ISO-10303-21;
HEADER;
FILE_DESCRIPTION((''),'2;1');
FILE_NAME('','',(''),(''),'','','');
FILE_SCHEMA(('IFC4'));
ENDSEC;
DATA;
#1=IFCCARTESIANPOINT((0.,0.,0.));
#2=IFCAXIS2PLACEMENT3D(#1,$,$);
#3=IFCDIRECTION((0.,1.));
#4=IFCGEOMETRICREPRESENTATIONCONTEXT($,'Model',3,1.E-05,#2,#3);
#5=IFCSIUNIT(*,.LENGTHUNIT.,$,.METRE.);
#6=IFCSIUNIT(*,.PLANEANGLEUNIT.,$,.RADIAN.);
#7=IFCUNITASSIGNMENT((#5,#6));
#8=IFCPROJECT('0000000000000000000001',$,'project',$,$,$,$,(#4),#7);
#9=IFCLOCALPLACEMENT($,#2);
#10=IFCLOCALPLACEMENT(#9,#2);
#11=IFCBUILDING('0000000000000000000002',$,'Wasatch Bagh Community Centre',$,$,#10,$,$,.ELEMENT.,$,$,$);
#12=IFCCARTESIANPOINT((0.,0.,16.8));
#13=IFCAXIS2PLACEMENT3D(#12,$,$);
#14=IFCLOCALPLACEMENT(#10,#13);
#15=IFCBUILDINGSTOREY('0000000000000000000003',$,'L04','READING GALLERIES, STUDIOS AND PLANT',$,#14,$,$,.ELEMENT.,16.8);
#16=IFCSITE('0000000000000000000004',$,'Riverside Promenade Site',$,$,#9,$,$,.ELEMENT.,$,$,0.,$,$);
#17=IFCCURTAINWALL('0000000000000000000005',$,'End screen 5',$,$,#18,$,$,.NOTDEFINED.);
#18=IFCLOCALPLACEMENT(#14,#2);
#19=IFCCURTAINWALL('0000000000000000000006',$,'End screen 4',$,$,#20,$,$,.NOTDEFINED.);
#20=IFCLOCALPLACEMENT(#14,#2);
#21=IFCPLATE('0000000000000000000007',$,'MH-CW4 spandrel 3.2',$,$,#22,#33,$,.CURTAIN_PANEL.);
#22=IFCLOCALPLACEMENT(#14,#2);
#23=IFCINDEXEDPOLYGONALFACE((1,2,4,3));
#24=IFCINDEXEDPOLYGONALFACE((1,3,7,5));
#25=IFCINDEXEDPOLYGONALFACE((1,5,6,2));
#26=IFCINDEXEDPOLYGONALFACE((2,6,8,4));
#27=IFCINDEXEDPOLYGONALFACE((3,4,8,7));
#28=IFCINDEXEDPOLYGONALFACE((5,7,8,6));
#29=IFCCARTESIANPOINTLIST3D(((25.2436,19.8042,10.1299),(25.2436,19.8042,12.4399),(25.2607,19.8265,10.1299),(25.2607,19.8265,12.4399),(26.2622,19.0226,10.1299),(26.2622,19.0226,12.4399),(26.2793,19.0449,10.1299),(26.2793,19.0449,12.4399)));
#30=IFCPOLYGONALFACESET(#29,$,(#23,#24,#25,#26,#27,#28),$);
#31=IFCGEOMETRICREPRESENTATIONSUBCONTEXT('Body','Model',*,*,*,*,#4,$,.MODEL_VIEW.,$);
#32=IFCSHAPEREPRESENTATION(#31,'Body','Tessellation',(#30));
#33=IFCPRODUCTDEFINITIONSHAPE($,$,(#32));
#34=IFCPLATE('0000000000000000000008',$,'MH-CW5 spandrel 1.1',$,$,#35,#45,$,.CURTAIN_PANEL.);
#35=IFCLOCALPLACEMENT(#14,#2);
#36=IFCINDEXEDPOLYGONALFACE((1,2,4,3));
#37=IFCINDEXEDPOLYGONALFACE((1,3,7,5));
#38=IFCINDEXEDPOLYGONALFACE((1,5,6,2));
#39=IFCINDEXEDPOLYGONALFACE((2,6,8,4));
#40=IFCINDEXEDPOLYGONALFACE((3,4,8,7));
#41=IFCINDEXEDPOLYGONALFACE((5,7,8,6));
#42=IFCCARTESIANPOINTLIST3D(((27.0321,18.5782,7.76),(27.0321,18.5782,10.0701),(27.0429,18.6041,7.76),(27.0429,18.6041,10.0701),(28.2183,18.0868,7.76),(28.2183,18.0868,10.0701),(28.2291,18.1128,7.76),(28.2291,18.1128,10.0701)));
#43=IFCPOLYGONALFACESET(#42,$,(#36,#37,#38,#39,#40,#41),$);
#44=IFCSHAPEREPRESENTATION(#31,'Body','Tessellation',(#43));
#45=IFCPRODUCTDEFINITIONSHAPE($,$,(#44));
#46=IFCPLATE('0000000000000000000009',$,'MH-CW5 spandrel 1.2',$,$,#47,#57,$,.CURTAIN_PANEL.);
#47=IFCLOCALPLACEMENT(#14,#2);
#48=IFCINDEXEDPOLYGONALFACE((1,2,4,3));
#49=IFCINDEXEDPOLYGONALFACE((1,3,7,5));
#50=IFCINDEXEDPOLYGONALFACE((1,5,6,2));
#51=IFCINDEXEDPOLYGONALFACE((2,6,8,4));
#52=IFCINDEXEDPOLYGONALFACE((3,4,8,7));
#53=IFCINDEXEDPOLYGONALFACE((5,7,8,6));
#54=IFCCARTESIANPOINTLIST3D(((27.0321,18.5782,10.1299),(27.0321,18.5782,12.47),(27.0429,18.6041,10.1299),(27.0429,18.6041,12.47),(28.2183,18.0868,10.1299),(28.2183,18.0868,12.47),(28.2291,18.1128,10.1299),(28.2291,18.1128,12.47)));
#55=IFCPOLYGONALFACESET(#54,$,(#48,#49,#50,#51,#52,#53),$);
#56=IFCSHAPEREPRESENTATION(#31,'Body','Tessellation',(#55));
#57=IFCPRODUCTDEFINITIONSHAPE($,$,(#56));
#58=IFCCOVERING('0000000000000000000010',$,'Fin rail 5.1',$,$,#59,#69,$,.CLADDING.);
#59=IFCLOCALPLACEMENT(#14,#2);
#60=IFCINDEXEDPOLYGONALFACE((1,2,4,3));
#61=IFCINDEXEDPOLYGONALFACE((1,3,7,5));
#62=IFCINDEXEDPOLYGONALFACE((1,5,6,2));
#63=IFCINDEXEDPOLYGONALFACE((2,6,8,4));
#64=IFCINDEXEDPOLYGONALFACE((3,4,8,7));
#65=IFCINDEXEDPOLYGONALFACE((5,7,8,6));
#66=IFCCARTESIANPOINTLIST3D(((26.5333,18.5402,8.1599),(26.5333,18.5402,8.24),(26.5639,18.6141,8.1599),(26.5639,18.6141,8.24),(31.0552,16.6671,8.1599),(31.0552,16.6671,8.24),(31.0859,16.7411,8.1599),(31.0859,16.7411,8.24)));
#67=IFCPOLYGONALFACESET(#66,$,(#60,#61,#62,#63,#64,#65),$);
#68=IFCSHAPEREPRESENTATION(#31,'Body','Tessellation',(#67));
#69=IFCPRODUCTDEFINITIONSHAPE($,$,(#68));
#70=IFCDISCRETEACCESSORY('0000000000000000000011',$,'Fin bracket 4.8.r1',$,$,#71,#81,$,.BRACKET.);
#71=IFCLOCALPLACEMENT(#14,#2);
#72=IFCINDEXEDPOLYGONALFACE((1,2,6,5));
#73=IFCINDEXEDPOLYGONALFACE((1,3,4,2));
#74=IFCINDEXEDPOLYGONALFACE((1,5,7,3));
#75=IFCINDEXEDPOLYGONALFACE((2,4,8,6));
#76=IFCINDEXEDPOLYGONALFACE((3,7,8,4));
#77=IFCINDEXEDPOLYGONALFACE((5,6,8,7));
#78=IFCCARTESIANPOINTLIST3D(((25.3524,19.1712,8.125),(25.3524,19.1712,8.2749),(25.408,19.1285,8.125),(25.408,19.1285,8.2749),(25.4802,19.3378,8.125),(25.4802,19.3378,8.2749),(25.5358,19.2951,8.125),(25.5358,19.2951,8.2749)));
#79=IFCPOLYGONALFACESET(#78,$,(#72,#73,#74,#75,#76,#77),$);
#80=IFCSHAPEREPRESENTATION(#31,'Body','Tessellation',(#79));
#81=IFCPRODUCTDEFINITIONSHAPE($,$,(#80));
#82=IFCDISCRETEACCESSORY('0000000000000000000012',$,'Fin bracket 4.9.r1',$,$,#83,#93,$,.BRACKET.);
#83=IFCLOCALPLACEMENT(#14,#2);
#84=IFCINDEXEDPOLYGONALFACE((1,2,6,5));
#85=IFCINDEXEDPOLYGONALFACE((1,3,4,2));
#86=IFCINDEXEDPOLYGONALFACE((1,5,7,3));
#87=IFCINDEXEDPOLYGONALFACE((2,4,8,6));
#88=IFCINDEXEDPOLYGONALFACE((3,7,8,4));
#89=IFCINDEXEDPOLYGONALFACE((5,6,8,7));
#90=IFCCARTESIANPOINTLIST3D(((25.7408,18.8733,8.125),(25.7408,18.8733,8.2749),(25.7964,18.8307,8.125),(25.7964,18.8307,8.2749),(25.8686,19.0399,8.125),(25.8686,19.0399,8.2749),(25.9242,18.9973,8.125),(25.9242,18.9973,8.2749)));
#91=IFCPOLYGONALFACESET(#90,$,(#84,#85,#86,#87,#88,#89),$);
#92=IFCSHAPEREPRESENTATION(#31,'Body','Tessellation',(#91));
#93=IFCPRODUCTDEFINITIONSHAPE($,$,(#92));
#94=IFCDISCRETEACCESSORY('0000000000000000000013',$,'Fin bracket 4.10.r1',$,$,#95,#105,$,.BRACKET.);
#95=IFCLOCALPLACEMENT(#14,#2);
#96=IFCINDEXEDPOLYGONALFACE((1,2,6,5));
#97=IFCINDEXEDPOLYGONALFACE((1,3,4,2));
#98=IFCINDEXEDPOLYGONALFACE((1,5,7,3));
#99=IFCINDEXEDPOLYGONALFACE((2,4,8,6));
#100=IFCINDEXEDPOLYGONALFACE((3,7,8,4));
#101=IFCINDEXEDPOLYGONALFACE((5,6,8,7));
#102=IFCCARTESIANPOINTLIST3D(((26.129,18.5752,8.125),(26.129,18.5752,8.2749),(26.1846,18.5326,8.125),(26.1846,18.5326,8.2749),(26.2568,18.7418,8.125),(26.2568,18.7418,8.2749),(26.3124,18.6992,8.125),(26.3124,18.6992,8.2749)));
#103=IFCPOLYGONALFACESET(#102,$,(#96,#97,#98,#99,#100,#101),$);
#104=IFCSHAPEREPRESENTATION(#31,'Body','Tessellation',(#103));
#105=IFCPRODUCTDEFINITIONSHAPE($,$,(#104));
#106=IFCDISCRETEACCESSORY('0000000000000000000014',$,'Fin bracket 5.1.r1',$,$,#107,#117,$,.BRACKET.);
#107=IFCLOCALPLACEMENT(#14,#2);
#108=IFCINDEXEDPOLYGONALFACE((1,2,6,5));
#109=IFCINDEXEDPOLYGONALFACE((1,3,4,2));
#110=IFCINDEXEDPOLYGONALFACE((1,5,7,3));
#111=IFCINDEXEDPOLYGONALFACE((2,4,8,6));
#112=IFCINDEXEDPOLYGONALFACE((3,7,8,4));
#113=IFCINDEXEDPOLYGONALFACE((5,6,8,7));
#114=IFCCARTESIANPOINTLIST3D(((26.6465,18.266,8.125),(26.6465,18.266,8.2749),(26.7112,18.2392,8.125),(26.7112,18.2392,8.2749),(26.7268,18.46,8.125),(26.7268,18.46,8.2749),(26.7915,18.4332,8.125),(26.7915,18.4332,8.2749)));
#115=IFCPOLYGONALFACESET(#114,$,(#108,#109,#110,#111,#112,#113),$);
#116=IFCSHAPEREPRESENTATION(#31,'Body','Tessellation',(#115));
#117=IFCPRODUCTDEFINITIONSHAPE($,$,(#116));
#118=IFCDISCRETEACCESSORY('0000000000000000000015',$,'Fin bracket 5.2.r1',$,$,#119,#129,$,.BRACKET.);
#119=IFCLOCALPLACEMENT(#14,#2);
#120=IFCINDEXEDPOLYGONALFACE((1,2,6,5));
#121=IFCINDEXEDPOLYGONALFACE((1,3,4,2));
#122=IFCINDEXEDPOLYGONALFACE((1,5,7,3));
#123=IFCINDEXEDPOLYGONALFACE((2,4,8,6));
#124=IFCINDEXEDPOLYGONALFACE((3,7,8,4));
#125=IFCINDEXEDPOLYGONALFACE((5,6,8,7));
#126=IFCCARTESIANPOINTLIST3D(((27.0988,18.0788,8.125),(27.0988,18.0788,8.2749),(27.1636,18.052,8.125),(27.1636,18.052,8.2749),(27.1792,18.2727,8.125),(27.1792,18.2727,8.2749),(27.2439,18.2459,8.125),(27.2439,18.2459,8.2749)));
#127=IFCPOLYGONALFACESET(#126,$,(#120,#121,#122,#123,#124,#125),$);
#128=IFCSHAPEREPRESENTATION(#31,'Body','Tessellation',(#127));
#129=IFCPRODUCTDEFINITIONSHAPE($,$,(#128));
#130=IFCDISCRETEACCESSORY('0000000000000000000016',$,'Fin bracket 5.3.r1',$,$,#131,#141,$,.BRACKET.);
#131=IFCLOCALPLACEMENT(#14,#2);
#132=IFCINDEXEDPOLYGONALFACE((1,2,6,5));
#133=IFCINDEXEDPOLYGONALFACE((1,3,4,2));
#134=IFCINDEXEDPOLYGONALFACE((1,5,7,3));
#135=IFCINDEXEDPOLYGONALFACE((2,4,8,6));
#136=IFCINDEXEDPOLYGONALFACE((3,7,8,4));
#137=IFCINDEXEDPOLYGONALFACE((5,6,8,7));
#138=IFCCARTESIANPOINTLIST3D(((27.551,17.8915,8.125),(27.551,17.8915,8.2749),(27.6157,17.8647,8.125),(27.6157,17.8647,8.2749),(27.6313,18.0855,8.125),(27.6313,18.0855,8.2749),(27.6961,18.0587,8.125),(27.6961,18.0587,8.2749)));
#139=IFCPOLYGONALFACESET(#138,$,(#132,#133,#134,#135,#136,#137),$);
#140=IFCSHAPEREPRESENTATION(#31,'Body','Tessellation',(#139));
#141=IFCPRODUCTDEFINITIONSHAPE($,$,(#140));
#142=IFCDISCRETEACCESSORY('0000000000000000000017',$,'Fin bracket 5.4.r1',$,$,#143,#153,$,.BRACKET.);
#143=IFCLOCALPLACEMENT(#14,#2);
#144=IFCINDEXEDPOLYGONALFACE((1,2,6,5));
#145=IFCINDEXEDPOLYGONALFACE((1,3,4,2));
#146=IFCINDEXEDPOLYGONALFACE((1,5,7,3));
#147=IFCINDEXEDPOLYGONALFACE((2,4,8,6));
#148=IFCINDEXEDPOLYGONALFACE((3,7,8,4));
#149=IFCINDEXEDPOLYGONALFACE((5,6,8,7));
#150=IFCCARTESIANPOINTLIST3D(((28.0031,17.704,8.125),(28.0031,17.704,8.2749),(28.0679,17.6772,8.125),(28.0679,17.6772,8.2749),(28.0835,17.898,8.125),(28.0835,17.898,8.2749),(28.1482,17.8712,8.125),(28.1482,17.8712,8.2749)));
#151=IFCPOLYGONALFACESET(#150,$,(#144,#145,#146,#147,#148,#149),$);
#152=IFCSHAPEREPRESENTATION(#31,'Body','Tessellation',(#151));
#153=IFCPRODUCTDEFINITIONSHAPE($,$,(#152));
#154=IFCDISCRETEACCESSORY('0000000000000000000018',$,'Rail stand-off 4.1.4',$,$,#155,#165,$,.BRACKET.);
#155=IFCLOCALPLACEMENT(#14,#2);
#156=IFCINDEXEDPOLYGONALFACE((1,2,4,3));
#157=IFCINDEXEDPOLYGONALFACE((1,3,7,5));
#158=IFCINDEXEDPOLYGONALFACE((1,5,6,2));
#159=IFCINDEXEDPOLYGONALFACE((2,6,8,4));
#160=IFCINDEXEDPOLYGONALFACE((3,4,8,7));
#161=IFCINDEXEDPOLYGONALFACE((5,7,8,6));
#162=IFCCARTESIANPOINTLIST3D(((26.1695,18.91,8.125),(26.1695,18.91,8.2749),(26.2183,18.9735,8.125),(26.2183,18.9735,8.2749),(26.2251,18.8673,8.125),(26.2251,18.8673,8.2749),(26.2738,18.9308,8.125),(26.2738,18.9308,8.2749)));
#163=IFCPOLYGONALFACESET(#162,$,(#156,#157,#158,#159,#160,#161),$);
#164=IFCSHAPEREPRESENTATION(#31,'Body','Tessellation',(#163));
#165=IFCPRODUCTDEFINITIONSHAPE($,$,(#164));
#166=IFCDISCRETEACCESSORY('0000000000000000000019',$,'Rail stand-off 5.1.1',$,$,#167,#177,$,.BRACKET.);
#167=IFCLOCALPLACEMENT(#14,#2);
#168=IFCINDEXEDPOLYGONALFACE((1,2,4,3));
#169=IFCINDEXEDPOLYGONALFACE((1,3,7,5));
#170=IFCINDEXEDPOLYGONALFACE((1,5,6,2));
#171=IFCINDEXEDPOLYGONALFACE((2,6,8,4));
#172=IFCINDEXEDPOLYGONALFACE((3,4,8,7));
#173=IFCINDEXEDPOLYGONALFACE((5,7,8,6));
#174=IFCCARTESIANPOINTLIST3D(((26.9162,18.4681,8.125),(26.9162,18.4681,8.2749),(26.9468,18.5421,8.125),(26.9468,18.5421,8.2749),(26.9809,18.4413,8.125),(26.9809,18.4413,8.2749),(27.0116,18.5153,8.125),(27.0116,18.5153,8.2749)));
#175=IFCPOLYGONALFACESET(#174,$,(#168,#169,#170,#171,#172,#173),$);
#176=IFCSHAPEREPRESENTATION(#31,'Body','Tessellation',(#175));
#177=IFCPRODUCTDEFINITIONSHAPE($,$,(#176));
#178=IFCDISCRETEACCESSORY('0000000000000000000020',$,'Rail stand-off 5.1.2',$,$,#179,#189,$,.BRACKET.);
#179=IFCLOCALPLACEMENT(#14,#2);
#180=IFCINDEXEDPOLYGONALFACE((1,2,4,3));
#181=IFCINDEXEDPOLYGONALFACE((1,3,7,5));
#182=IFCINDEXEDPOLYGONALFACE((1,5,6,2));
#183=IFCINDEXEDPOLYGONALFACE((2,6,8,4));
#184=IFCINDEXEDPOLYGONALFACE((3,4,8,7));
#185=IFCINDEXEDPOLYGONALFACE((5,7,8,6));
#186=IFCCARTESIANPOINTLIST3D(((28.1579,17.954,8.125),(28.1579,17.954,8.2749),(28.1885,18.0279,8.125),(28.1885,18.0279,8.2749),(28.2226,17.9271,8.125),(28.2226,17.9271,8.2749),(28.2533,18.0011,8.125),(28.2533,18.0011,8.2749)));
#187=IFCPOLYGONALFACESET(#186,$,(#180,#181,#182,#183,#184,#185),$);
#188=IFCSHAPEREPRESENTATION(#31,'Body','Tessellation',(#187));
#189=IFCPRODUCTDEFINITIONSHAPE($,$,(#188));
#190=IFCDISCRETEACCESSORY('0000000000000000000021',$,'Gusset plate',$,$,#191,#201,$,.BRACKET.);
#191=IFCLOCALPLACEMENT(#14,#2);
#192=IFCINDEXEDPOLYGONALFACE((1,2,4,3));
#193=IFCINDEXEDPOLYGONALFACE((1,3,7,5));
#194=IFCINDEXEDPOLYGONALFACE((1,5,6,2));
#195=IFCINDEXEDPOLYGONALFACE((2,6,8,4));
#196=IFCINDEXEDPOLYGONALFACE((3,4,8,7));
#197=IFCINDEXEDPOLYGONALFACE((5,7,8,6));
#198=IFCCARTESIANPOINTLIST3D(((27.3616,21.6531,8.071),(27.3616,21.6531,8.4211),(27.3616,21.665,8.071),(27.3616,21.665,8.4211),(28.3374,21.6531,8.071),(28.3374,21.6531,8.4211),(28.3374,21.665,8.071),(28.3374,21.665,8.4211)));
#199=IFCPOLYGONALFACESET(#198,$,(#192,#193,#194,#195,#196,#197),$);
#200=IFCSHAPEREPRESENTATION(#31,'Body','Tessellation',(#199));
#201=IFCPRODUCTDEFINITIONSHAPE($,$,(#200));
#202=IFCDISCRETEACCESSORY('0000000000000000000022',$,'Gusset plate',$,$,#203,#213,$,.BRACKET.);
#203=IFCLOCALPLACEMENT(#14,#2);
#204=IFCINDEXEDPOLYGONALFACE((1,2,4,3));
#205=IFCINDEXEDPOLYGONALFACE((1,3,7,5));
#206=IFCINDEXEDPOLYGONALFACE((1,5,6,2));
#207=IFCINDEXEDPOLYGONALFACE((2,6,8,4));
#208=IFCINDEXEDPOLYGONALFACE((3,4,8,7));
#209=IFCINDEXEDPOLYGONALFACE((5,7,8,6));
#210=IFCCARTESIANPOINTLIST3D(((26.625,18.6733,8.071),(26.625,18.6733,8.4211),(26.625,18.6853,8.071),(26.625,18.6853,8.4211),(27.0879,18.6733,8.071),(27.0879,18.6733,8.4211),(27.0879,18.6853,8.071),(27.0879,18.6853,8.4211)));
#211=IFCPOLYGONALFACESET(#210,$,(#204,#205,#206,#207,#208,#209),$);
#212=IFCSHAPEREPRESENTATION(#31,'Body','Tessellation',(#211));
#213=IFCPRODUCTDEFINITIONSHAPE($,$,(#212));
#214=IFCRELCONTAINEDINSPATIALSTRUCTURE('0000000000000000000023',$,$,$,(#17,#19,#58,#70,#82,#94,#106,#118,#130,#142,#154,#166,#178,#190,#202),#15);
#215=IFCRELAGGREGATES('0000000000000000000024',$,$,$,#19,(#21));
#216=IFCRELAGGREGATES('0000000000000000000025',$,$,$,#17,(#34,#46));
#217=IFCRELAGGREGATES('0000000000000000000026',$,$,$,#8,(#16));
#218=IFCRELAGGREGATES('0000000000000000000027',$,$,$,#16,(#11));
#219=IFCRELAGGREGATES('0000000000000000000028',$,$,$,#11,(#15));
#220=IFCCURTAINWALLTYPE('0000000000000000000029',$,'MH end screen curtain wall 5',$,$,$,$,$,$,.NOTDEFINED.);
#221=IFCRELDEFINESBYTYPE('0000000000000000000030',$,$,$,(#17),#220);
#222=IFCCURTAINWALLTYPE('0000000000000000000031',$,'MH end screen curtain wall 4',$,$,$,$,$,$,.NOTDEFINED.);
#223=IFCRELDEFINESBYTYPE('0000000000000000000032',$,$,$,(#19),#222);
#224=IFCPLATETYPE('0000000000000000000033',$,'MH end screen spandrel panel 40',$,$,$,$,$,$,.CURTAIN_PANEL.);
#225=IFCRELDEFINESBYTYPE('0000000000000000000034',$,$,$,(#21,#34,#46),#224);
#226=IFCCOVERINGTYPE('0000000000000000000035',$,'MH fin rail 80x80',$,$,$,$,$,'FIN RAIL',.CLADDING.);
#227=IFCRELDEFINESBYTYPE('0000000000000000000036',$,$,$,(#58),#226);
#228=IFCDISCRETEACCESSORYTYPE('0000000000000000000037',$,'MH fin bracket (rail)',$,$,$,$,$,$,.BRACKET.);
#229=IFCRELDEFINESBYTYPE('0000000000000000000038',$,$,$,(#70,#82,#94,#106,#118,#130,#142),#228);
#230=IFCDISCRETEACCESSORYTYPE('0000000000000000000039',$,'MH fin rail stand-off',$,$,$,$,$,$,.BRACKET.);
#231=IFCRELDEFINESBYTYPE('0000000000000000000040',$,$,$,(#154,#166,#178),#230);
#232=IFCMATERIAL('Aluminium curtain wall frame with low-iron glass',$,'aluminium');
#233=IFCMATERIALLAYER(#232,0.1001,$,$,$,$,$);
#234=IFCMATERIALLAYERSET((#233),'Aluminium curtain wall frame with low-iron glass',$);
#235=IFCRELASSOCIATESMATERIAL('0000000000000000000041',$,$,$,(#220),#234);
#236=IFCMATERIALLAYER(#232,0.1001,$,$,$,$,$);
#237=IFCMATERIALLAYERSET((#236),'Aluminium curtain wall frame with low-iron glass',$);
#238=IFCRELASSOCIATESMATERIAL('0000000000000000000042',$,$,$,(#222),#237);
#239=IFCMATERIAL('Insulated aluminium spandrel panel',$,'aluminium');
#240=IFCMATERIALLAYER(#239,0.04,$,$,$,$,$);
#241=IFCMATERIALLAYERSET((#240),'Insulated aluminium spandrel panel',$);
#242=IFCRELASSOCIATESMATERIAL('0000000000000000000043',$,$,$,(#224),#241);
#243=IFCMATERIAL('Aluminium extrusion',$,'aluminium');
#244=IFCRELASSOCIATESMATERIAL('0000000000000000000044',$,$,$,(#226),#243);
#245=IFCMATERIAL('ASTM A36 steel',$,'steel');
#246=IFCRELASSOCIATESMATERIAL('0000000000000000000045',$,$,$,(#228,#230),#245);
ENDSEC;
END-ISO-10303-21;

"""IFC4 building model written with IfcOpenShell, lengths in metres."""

from ifc_helpers import new_model, si_unit, direction, frame, origin, origin_2d, place, context, subcontext, project, spatial, polyline, rectangle, outline, extrude, material, layer, layer_set, material_profile, profile_set, type_object, element, aggregate, save


model = new_model("IFC4")

# Units and contexts
model_context = context("Model", 3, precision=1e-05, world=origin(), true_north=direction((0.0, 1.0)))
body_context = subcontext(model_context, "Body", "Model", "MODEL_VIEW")
ifc_project = project(units=[si_unit("LENGTHUNIT", "METRE"), si_unit("PLANEANGLEUNIT", "RADIAN")], contexts=[model_context])

# Site, building, storey
site_placement = place(None, origin())
site = spatial("IfcSite", under=ifc_project, at=site_placement, Name="Riverside Promenade Site", CompositionType="ELEMENT", RefElevation=0.0)
building_placement = place(site_placement, origin())
building = spatial("IfcBuilding", under=site, at=building_placement, Name="Wasatch Bagh Community Centre", CompositionType="ELEMENT")
storey_placement = place(building_placement, frame((0.0, 0.0, 16.8)))
storey = spatial("IfcBuildingStorey", under=building, at=storey_placement, Name="L04", Description="READING GALLERIES, STUDIOS AND PLANT", CompositionType="ELEMENT", Elevation=16.8)

# Curtain wall
ifc_material_1 = material(Name="Aluminium curtain wall frame with low-iron glass", Category="aluminium")
ifc_layer_1 = layer(ifc_material_1, 0.1001)
ifc_layer_set_1 = layer_set([ifc_layer_1], Name="Aluminium curtain wall frame with low-iron glass")
curtain_wall_type_1 = type_object("IfcCurtainWallType", Name="MH end screen curtain wall 5", PredefinedType="NOTDEFINED", material=ifc_layer_set_1)
curtain_wall_1_placement = place(storey_placement, origin())
curtain_wall_1 = element("IfcCurtainWall", 1, at=curtain_wall_1_placement, inside=storey, type_object=curtain_wall_type_1, Name="End screen 5", PredefinedType="NOTDEFINED")
ifc_material_2 = material(Name="Aluminium extrusion", Category="aluminium")

# Curtain wall, plate
ifc_layer_2 = layer(ifc_material_1, 0.1001)
ifc_layer_set_2 = layer_set([ifc_layer_2], Name="Aluminium curtain wall frame with low-iron glass")
curtain_wall_type_2 = type_object("IfcCurtainWallType", Name="MH end screen curtain wall 4", PredefinedType="NOTDEFINED", material=ifc_layer_set_2)
curtain_wall_2_placement = place(storey_placement, origin())
curtain_wall_2 = element("IfcCurtainWall", 2, at=curtain_wall_2_placement, inside=storey, type_object=curtain_wall_type_2, Name="End screen 4", PredefinedType="NOTDEFINED")
ifc_material_3 = material(Name="Insulated aluminium spandrel panel", Category="aluminium")
ifc_layer_3 = layer(ifc_material_3, 0.04)
ifc_layer_set_3 = layer_set([ifc_layer_3], Name="Insulated aluminium spandrel panel")
plate_type = type_object("IfcPlateType", Name="MH end screen spandrel panel 40", PredefinedType="CURTAIN_PANEL", material=ifc_layer_set_3)
plate_1_placement = place(storey_placement, frame((25.7615, 19.4246, 10.1299), z_axis=(0.0, 0.0, 1.0), x_axis=(0.793353, -0.608761, 0.0)))
plate_1 = element("IfcPlate", 3, at=plate_1_placement, type_object=plate_type, Name="MH-CW4 spandrel 3.2", PredefinedType="CURTAIN_PANEL", context=body_context, shape_type="SweptSolid", body=[
    extrude(rectangle(XDim=1.2839, YDim=0.0281, at=origin_2d()), origin(), (0.0, 0.0, 1.0), 2.3101),
])
aggregate(curtain_wall_2, [plate_1])

# Plates
plate_2_placement = place(storey_placement, frame((27.6306, 18.3455, 7.76), z_axis=(0.0, 0.0, 1.0), x_axis=(0.92388, -0.382683, 0.0)))
plate_2 = element("IfcPlate", 4, at=plate_2_placement, type_object=plate_type, Name="MH-CW5 spandrel 1.1", PredefinedType="CURTAIN_PANEL", context=body_context, shape_type="SweptSolid", body=[
    extrude(rectangle(XDim=1.2839, YDim=0.0281, at=origin_2d()), origin(), (0.0, 0.0, 1.0), 2.3101),
])
plate_3_placement = place(storey_placement, frame((27.6306, 18.3455, 10.1299), z_axis=(0.0, 0.0, 1.0), x_axis=(0.92388, -0.382683, 0.0)))
plate_3 = element("IfcPlate", 5, at=plate_3_placement, type_object=plate_type, Name="MH-CW5 spandrel 1.2", PredefinedType="CURTAIN_PANEL", context=body_context, shape_type="SweptSolid", body=[
    extrude(rectangle(XDim=1.2839, YDim=0.0281, at=origin_2d()), origin(), (0.0, 0.0, 1.0), 2.3401),
])
aggregate(curtain_wall_1, [plate_2, plate_3])

# Covering
ifc_material_profile_1 = material_profile(ifc_material_2, rectangle(XDim=0.0801, YDim=0.0801, at=origin_2d()), Name="AL 80x80")
ifc_profile_set_1 = profile_set([ifc_material_profile_1], Name="Aluminium extrusion")
covering_type = type_object("IfcCoveringType", Name="MH fin rail 80x80", ElementType="FIN RAIL", PredefinedType="CLADDING", material=ifc_profile_set_1)
covering_placement = place(storey_placement, frame((26.5486, 18.5771, 8.2), z_axis=(0.923881, -0.382681, 0.0), x_axis=(0.382681, 0.923881, 0.0)))
element("IfcCovering", 6, at=covering_placement, inside=storey, type_object=covering_type, Name="Fin rail 5.1", PredefinedType="CLADDING", context=body_context, shape_type="SweptSolid", body=[
    extrude(rectangle(XDim=0.0801, YDim=0.0801, at=origin_2d()), origin(), (0.0, 0.0, 1.0), 4.8945),
])

# Discrete accessories
ifc_material_4 = material(Name="ASTM A36 steel", Category="steel")
discrete_accessory_type_1 = type_object("IfcDiscreteAccessoryType", Name="MH fin bracket (rail)", PredefinedType="BRACKET", material=ifc_material_4)
for number, where, z_axis, x_axis, name in (
    (7, (25.4441, 19.2332, 8.125), (0.0, 0.0, 1.0), (0.793353, -0.608761, 0.0), "Fin bracket 4.8.r1"),
    (8, (25.8325, 18.9353, 8.125), (0.0, 0.0, 1.0), (0.793353, -0.608761, 0.0), "Fin bracket 4.9.r1"),
    (9, (26.2207, 18.6372, 8.125), (0.0, 0.0, 1.0), (0.793353, -0.608761, 0.0), "Fin bracket 4.10.r1"),
    (10, (26.719, 18.3496, 8.125), (0.0, 0.0, 1.0), (0.92388, -0.382683, 0.0), "Fin bracket 5.1.r1"),
    (11, (27.1714, 18.1624, 8.125), (0.0, 0.0, 1.0), (0.92388, -0.382683, 0.0), "Fin bracket 5.2.r1"),
    (12, (27.6235, 17.9751, 8.125), (0.0, 0.0, 1.0), (0.92388, -0.382683, 0.0), "Fin bracket 5.3.r1"),
    (13, (28.0757, 17.7876, 8.125), (0.0, 0.0, 1.0), (0.92388, -0.382683, 0.0), "Fin bracket 5.4.r1"),
):
    element("IfcDiscreteAccessory", number, at=place(storey_placement, frame(where, z_axis=z_axis, x_axis=x_axis)), inside=storey, type_object=discrete_accessory_type_1, Name=name, PredefinedType="BRACKET", context=body_context, shape_type="SweptSolid", body=[
        extrude(rectangle(XDim=0.0701, YDim=0.21, at=origin_2d()), origin(), (0.0, 0.0, 1.0), 0.1499),
    ])
discrete_accessory_type_2 = type_object("IfcDiscreteAccessoryType", Name="MH fin rail stand-off", PredefinedType="BRACKET", material=ifc_material_4)
for number, where, z_axis, x_axis, name in (
    (14, (26.2217, 18.9204, 8.125), (0.0, 0.0, 1.0), (0.793353, -0.608761, 0.0), "Rail stand-off 4.1.4"),
    (15, (26.9639, 18.4917, 8.125), (0.0, 0.0, 1.0), (0.92388, -0.382683, 0.0), "Rail stand-off 5.1.1"),
    (16, (28.2056, 17.9775, 8.125), (0.0, 0.0, 1.0), (0.92388, -0.382683, 0.0), "Rail stand-off 5.1.2"),
):
    element("IfcDiscreteAccessory", number, at=place(storey_placement, frame(where, z_axis=z_axis, x_axis=x_axis)), inside=storey, type_object=discrete_accessory_type_2, Name=name, PredefinedType="BRACKET", context=body_context, shape_type="SweptSolid", body=[
        extrude(rectangle(XDim=0.0701, YDim=0.0801, at=origin_2d()), origin(), (0.0, 0.0, 1.0), 0.1499),
    ])
discrete_accessory_1_placement = place(storey_placement, frame((27.3616, 21.6531, 8.071), z_axis=(0.0, -1.0, 0.0), x_axis=(1.0, 0.0, 0.0)))
element("IfcDiscreteAccessory", 17, at=discrete_accessory_1_placement, inside=storey, Name="Gusset plate", PredefinedType="BRACKET", context=body_context, shape_type="SweptSolid", body=[
    extrude(outline(polyline([(0.0, 0.0), (0.9758, 0.0), (0.9758, 0.3501), (0.0, 0.3501), (0.0, 0.0)])), origin(), (0.0, 0.0, -1.0), 0.012),
])
discrete_accessory_2_placement = place(storey_placement, frame((26.625, 18.6733, 8.071), z_axis=(0.0, -1.0, 0.0), x_axis=(1.0, 0.0, 0.0)))
element("IfcDiscreteAccessory", 18, at=discrete_accessory_2_placement, inside=storey, Name="Gusset plate", PredefinedType="BRACKET", context=body_context, shape_type="SweptSolid", body=[
    extrude(outline(polyline([(0.0, 0.0), (0.4629, 0.0), (0.4629, 0.3501), (0.0, 0.3501), (0.0, 0.0)])), origin(), (0.0, 0.0, -1.0), 0.012),
])

save(model, "model.ifc")
